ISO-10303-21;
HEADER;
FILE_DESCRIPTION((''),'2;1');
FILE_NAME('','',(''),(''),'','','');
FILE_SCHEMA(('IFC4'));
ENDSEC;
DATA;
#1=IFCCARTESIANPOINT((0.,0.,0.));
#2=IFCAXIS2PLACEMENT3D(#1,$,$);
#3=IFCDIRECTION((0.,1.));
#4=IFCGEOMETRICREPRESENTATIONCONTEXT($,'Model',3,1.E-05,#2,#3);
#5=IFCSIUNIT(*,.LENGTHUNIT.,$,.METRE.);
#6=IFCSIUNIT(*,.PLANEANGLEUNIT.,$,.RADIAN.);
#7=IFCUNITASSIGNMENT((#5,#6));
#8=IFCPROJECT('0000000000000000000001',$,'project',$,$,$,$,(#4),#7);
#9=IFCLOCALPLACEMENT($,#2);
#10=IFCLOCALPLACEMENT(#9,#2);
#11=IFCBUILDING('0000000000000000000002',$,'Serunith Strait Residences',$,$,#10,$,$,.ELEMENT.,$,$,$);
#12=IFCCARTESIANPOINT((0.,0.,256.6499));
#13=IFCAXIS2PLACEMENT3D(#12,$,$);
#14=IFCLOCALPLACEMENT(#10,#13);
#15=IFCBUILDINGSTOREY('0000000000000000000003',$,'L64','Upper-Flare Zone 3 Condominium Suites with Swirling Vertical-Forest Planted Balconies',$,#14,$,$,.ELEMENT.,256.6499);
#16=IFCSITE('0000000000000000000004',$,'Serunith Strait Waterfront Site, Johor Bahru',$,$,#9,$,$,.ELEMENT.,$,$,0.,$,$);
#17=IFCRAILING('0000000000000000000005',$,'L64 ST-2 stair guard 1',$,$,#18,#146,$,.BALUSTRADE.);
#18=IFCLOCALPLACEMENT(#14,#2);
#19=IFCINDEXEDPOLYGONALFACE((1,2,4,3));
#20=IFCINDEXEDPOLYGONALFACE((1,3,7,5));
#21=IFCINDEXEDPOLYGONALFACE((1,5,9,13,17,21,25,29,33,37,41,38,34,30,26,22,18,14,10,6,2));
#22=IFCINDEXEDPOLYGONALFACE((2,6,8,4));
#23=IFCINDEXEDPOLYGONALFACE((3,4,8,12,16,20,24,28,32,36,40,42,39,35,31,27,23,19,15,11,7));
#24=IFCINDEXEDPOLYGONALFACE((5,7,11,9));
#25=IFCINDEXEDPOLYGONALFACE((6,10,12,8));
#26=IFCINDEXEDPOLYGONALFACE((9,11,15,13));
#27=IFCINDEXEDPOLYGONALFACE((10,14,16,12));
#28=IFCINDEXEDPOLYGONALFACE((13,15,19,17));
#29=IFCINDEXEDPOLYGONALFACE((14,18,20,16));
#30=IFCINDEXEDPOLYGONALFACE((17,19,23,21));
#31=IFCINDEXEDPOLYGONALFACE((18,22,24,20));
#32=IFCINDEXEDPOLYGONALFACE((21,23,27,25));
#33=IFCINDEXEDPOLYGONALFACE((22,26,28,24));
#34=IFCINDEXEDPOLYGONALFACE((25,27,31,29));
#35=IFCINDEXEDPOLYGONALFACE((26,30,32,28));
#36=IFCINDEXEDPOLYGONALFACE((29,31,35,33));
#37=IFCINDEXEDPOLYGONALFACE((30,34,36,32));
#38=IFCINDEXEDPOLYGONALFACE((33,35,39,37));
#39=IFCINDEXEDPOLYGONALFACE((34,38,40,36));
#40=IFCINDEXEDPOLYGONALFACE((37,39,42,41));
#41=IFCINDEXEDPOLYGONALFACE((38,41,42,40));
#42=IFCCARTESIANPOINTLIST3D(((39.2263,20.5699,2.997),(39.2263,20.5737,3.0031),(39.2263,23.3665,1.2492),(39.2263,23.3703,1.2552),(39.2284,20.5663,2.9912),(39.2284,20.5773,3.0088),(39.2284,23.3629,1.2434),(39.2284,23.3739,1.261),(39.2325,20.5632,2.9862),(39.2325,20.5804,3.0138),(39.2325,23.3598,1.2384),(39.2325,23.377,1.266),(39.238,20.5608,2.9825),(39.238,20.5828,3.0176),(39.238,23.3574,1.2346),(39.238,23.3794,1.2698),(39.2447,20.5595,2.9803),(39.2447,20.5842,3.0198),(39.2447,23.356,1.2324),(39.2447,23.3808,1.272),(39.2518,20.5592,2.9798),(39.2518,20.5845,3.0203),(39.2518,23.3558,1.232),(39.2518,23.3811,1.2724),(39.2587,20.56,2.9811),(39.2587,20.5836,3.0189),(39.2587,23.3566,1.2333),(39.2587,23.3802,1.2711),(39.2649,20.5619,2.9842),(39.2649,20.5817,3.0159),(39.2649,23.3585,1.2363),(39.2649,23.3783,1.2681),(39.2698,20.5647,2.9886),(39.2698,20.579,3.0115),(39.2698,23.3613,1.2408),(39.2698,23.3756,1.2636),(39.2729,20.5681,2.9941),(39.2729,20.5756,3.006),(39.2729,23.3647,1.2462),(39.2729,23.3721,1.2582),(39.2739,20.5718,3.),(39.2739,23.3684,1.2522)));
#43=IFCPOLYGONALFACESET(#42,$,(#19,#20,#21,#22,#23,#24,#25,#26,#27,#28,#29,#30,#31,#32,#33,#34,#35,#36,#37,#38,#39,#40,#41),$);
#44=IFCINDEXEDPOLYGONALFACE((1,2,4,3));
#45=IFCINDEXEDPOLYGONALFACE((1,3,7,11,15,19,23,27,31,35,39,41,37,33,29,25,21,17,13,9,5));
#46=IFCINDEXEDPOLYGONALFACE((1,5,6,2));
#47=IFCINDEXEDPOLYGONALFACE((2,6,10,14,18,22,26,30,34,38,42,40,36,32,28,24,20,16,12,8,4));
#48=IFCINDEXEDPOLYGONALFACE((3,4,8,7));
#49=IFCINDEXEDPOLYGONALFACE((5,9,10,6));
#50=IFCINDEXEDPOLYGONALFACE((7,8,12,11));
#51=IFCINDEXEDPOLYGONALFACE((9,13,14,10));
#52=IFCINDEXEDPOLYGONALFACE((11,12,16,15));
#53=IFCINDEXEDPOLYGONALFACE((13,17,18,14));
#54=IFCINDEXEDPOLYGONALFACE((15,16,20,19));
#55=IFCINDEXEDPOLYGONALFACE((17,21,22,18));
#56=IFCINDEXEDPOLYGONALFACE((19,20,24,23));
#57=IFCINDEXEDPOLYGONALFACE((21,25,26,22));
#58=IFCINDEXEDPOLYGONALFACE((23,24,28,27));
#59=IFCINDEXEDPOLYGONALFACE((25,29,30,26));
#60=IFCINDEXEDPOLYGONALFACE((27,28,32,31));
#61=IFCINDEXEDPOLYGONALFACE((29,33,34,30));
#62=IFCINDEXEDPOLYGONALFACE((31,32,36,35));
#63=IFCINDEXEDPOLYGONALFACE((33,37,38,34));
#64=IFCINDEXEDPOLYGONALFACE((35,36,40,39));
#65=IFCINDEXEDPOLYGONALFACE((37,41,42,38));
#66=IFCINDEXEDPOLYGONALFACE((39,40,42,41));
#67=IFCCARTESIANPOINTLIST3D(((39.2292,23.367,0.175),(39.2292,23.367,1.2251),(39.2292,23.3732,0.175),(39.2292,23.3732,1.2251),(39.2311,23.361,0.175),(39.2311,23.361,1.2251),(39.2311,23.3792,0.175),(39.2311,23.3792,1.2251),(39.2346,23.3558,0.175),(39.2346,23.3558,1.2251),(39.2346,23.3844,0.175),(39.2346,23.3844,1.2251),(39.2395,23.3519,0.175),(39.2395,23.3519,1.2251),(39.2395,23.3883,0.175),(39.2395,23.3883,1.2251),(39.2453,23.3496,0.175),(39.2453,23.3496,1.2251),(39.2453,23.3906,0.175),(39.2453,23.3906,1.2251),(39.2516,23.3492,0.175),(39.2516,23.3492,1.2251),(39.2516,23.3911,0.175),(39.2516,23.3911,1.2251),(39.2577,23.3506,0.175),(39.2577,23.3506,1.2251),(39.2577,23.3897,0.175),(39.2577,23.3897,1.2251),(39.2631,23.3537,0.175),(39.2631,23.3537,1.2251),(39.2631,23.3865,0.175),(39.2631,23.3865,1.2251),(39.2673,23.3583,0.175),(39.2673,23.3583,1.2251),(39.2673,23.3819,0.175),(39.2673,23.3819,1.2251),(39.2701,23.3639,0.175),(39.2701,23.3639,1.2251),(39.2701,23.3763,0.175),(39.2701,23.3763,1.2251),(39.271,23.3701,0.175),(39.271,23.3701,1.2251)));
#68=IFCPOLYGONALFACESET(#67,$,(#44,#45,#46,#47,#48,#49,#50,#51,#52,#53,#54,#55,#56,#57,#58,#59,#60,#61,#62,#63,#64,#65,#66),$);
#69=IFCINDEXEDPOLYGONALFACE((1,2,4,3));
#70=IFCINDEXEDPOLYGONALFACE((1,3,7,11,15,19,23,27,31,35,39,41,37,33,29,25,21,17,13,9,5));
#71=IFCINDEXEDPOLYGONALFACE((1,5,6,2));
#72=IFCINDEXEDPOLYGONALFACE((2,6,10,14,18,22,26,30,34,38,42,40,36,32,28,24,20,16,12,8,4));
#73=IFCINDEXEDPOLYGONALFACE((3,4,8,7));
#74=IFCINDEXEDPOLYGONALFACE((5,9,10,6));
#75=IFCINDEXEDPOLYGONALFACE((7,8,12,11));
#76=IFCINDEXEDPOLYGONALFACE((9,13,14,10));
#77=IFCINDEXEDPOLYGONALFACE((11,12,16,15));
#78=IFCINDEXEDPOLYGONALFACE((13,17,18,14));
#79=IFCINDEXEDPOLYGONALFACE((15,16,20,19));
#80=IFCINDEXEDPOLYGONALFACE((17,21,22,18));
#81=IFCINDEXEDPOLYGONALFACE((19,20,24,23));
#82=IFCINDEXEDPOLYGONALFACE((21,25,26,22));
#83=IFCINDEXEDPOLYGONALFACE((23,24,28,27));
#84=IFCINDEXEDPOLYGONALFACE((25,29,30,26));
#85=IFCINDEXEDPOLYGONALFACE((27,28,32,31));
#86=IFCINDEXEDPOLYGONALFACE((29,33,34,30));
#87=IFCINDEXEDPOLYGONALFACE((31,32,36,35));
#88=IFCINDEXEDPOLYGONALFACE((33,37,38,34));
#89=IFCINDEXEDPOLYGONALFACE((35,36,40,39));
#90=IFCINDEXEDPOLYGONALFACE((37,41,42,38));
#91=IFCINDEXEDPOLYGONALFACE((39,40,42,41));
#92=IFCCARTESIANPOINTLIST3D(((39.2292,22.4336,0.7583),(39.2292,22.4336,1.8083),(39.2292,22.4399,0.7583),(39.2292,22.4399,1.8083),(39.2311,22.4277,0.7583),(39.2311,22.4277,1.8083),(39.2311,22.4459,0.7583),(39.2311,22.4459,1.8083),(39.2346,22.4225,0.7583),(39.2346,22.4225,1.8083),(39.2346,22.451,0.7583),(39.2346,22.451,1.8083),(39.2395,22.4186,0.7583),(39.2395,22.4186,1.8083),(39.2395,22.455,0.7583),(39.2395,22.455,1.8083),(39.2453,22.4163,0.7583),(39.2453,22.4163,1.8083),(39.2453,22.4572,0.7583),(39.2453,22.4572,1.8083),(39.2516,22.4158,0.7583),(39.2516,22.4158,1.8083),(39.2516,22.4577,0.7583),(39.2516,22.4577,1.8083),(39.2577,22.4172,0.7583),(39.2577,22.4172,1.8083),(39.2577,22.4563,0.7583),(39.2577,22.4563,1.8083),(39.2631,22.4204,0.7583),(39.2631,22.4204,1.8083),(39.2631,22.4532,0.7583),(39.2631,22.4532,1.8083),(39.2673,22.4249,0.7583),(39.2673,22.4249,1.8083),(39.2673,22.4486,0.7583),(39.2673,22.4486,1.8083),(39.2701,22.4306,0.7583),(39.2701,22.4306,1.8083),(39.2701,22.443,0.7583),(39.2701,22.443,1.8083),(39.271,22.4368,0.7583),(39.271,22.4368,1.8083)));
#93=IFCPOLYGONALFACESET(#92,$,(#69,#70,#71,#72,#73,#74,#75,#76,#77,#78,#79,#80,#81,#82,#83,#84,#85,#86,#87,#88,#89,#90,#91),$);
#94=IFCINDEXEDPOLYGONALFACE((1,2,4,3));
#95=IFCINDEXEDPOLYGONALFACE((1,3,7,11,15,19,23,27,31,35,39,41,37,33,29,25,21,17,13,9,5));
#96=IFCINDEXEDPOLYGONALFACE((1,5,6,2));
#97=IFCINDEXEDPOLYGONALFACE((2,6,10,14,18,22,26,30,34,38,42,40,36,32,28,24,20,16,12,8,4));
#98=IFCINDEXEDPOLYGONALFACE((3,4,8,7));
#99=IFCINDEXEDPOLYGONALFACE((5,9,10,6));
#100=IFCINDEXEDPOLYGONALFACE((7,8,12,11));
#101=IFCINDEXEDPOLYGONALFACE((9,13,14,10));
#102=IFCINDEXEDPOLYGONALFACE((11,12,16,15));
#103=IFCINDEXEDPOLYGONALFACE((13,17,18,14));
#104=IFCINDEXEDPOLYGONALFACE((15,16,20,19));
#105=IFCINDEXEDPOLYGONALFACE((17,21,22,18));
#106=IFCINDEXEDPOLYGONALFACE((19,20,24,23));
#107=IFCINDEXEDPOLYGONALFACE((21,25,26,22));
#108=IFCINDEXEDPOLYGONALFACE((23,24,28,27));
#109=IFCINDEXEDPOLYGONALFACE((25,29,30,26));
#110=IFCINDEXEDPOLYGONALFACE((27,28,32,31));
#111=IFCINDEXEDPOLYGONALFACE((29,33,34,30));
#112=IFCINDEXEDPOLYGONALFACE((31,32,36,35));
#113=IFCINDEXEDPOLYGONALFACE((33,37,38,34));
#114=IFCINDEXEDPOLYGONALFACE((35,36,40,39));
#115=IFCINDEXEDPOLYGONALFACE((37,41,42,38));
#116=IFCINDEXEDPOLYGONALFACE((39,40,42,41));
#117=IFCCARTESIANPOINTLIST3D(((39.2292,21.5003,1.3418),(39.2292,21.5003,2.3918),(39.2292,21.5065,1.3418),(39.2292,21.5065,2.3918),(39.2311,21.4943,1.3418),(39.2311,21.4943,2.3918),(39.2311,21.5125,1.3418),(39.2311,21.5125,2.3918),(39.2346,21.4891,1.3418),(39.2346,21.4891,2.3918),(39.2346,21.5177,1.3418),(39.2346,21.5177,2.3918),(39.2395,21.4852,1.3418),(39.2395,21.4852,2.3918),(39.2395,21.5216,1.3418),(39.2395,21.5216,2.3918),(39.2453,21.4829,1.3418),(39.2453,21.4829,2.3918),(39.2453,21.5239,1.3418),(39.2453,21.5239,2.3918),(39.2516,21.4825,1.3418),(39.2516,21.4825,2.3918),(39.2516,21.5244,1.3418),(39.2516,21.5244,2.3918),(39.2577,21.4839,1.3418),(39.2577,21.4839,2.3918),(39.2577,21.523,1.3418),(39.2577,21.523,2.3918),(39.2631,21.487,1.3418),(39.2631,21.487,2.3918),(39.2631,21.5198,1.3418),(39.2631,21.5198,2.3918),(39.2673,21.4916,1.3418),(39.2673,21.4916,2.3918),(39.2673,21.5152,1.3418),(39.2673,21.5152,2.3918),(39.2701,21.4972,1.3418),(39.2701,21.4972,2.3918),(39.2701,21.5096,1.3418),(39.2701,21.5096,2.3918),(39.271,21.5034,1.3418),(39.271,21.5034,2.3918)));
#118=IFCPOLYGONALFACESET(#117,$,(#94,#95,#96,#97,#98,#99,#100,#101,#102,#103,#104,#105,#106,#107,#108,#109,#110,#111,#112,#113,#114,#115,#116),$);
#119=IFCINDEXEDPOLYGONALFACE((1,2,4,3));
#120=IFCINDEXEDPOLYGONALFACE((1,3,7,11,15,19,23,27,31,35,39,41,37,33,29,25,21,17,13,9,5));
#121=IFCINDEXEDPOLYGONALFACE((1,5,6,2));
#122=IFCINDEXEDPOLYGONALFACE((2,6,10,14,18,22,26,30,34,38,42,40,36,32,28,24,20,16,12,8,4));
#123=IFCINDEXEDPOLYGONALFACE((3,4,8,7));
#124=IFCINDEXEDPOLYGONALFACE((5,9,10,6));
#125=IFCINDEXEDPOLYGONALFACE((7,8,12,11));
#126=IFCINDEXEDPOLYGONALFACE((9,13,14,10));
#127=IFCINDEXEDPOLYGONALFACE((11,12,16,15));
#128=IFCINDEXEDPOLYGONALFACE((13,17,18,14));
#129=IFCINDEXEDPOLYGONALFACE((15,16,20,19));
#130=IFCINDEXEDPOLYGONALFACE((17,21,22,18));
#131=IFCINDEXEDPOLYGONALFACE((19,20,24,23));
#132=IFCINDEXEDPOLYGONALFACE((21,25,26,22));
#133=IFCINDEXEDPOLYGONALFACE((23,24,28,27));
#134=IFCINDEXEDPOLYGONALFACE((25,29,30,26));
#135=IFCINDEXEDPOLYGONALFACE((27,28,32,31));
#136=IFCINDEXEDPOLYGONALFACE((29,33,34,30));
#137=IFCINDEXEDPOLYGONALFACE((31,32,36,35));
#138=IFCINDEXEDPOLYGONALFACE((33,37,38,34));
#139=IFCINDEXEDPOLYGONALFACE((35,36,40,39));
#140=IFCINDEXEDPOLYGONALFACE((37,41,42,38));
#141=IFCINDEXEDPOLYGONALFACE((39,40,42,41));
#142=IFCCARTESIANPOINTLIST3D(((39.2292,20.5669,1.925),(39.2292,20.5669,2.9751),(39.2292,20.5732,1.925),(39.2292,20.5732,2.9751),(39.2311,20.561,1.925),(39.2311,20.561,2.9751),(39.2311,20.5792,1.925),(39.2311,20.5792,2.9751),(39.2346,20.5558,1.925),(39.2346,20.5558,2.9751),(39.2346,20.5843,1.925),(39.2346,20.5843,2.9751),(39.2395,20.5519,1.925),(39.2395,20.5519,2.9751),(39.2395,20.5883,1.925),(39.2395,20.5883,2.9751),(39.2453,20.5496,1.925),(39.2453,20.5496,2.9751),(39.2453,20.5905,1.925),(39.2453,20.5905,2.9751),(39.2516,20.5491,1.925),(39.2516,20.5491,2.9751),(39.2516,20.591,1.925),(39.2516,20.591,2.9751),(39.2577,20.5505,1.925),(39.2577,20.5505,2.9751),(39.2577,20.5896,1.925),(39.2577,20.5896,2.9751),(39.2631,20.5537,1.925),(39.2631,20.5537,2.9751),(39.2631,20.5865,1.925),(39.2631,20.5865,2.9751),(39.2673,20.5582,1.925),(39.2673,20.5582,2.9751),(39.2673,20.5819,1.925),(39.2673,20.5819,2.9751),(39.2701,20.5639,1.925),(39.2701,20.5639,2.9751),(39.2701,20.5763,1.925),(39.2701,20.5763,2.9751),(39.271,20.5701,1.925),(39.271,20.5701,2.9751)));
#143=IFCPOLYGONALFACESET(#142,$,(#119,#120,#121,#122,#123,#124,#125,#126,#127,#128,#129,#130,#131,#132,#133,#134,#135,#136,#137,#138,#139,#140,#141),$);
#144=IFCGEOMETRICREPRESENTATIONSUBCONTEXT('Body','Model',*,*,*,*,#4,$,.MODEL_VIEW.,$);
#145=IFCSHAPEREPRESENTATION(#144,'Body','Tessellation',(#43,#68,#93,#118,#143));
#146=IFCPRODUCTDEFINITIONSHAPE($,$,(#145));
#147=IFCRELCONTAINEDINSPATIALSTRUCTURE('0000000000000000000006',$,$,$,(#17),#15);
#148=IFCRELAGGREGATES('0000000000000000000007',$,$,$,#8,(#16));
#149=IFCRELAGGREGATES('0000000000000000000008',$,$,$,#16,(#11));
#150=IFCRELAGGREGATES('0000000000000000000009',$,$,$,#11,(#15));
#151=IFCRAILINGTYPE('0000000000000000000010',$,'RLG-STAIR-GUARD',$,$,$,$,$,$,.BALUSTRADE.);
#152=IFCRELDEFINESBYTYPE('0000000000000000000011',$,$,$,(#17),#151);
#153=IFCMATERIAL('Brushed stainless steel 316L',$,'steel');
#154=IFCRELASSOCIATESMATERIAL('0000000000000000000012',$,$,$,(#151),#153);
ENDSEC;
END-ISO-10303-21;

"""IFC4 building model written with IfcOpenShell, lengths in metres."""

from ifc_helpers import new_model, si_unit, direction, frame, origin, origin_2d, place, context, subcontext, project, spatial, circle, extrude, material, type_object, element, save


model = new_model("IFC4")

# Units and contexts
model_context = context("Model", 3, precision=1e-05, world=origin(), true_north=direction((0.0, 1.0)))
body_context = subcontext(model_context, "Body", "Model", "MODEL_VIEW")
ifc_project = project(units=[si_unit("LENGTHUNIT", "METRE"), si_unit("PLANEANGLEUNIT", "RADIAN")], contexts=[model_context])

# Site, building, storey
site_placement = place(None, origin())
site = spatial("IfcSite", under=ifc_project, at=site_placement, Name="Serunith Strait Waterfront Site, Johor Bahru", CompositionType="ELEMENT", RefElevation=0.0)
building_placement = place(site_placement, origin())
building = spatial("IfcBuilding", under=site, at=building_placement, Name="Serunith Strait Residences", CompositionType="ELEMENT")
storey_placement = place(building_placement, frame((0.0, 0.0, 256.6499)))
storey = spatial("IfcBuildingStorey", under=building, at=storey_placement, Name="L64", Description="Upper-Flare Zone 3 Condominium Suites with Swirling Vertical-Forest Planted Balconies", CompositionType="ELEMENT", Elevation=256.6499)

# Railing
ifc_material_1 = material(Name="Brushed stainless steel 316L", Category="steel")
railing_type_1 = type_object("IfcRailingType", Name="RLG-STAIR-GUARD", PredefinedType="BALUSTRADE", material=ifc_material_1)
railing_1_placement = place(storey_placement, frame((39.25, 23.3701, 0.175)))
element("IfcRailing", 1, at=railing_1_placement, inside=storey, type_object=railing_type_1, Name="L64 ST-2 stair guard 1", PredefinedType="BALUSTRADE", context=body_context, shape_type="SweptSolid", body=[
    extrude(circle(Radius=0.0239, at=origin_2d()), frame((0.0, -0.0017, 1.0771), z_axis=(0.0, -0.848002, 0.529992), x_axis=(1.0, 0.0, 0.0)), (0.0, 0.0, 1.0), 3.2979),
    extrude(circle(Radius=0.021, at=origin_2d()), origin(), (0.0, 0.0, 1.0), 1.05),
    extrude(circle(Radius=0.021, at=origin_2d()), frame((0.0, -0.9333, 0.5833)), (0.0, 0.0, 1.0), 1.05),
    extrude(circle(Radius=0.021, at=origin_2d()), frame((0.0, -1.8667, 1.1667)), (0.0, 0.0, 1.0), 1.05),
    extrude(circle(Radius=0.021, at=origin_2d()), frame((0.0, -2.8, 1.75)), (0.0, 0.0, 1.0), 1.05),
])

save(model, "model.ifc")
